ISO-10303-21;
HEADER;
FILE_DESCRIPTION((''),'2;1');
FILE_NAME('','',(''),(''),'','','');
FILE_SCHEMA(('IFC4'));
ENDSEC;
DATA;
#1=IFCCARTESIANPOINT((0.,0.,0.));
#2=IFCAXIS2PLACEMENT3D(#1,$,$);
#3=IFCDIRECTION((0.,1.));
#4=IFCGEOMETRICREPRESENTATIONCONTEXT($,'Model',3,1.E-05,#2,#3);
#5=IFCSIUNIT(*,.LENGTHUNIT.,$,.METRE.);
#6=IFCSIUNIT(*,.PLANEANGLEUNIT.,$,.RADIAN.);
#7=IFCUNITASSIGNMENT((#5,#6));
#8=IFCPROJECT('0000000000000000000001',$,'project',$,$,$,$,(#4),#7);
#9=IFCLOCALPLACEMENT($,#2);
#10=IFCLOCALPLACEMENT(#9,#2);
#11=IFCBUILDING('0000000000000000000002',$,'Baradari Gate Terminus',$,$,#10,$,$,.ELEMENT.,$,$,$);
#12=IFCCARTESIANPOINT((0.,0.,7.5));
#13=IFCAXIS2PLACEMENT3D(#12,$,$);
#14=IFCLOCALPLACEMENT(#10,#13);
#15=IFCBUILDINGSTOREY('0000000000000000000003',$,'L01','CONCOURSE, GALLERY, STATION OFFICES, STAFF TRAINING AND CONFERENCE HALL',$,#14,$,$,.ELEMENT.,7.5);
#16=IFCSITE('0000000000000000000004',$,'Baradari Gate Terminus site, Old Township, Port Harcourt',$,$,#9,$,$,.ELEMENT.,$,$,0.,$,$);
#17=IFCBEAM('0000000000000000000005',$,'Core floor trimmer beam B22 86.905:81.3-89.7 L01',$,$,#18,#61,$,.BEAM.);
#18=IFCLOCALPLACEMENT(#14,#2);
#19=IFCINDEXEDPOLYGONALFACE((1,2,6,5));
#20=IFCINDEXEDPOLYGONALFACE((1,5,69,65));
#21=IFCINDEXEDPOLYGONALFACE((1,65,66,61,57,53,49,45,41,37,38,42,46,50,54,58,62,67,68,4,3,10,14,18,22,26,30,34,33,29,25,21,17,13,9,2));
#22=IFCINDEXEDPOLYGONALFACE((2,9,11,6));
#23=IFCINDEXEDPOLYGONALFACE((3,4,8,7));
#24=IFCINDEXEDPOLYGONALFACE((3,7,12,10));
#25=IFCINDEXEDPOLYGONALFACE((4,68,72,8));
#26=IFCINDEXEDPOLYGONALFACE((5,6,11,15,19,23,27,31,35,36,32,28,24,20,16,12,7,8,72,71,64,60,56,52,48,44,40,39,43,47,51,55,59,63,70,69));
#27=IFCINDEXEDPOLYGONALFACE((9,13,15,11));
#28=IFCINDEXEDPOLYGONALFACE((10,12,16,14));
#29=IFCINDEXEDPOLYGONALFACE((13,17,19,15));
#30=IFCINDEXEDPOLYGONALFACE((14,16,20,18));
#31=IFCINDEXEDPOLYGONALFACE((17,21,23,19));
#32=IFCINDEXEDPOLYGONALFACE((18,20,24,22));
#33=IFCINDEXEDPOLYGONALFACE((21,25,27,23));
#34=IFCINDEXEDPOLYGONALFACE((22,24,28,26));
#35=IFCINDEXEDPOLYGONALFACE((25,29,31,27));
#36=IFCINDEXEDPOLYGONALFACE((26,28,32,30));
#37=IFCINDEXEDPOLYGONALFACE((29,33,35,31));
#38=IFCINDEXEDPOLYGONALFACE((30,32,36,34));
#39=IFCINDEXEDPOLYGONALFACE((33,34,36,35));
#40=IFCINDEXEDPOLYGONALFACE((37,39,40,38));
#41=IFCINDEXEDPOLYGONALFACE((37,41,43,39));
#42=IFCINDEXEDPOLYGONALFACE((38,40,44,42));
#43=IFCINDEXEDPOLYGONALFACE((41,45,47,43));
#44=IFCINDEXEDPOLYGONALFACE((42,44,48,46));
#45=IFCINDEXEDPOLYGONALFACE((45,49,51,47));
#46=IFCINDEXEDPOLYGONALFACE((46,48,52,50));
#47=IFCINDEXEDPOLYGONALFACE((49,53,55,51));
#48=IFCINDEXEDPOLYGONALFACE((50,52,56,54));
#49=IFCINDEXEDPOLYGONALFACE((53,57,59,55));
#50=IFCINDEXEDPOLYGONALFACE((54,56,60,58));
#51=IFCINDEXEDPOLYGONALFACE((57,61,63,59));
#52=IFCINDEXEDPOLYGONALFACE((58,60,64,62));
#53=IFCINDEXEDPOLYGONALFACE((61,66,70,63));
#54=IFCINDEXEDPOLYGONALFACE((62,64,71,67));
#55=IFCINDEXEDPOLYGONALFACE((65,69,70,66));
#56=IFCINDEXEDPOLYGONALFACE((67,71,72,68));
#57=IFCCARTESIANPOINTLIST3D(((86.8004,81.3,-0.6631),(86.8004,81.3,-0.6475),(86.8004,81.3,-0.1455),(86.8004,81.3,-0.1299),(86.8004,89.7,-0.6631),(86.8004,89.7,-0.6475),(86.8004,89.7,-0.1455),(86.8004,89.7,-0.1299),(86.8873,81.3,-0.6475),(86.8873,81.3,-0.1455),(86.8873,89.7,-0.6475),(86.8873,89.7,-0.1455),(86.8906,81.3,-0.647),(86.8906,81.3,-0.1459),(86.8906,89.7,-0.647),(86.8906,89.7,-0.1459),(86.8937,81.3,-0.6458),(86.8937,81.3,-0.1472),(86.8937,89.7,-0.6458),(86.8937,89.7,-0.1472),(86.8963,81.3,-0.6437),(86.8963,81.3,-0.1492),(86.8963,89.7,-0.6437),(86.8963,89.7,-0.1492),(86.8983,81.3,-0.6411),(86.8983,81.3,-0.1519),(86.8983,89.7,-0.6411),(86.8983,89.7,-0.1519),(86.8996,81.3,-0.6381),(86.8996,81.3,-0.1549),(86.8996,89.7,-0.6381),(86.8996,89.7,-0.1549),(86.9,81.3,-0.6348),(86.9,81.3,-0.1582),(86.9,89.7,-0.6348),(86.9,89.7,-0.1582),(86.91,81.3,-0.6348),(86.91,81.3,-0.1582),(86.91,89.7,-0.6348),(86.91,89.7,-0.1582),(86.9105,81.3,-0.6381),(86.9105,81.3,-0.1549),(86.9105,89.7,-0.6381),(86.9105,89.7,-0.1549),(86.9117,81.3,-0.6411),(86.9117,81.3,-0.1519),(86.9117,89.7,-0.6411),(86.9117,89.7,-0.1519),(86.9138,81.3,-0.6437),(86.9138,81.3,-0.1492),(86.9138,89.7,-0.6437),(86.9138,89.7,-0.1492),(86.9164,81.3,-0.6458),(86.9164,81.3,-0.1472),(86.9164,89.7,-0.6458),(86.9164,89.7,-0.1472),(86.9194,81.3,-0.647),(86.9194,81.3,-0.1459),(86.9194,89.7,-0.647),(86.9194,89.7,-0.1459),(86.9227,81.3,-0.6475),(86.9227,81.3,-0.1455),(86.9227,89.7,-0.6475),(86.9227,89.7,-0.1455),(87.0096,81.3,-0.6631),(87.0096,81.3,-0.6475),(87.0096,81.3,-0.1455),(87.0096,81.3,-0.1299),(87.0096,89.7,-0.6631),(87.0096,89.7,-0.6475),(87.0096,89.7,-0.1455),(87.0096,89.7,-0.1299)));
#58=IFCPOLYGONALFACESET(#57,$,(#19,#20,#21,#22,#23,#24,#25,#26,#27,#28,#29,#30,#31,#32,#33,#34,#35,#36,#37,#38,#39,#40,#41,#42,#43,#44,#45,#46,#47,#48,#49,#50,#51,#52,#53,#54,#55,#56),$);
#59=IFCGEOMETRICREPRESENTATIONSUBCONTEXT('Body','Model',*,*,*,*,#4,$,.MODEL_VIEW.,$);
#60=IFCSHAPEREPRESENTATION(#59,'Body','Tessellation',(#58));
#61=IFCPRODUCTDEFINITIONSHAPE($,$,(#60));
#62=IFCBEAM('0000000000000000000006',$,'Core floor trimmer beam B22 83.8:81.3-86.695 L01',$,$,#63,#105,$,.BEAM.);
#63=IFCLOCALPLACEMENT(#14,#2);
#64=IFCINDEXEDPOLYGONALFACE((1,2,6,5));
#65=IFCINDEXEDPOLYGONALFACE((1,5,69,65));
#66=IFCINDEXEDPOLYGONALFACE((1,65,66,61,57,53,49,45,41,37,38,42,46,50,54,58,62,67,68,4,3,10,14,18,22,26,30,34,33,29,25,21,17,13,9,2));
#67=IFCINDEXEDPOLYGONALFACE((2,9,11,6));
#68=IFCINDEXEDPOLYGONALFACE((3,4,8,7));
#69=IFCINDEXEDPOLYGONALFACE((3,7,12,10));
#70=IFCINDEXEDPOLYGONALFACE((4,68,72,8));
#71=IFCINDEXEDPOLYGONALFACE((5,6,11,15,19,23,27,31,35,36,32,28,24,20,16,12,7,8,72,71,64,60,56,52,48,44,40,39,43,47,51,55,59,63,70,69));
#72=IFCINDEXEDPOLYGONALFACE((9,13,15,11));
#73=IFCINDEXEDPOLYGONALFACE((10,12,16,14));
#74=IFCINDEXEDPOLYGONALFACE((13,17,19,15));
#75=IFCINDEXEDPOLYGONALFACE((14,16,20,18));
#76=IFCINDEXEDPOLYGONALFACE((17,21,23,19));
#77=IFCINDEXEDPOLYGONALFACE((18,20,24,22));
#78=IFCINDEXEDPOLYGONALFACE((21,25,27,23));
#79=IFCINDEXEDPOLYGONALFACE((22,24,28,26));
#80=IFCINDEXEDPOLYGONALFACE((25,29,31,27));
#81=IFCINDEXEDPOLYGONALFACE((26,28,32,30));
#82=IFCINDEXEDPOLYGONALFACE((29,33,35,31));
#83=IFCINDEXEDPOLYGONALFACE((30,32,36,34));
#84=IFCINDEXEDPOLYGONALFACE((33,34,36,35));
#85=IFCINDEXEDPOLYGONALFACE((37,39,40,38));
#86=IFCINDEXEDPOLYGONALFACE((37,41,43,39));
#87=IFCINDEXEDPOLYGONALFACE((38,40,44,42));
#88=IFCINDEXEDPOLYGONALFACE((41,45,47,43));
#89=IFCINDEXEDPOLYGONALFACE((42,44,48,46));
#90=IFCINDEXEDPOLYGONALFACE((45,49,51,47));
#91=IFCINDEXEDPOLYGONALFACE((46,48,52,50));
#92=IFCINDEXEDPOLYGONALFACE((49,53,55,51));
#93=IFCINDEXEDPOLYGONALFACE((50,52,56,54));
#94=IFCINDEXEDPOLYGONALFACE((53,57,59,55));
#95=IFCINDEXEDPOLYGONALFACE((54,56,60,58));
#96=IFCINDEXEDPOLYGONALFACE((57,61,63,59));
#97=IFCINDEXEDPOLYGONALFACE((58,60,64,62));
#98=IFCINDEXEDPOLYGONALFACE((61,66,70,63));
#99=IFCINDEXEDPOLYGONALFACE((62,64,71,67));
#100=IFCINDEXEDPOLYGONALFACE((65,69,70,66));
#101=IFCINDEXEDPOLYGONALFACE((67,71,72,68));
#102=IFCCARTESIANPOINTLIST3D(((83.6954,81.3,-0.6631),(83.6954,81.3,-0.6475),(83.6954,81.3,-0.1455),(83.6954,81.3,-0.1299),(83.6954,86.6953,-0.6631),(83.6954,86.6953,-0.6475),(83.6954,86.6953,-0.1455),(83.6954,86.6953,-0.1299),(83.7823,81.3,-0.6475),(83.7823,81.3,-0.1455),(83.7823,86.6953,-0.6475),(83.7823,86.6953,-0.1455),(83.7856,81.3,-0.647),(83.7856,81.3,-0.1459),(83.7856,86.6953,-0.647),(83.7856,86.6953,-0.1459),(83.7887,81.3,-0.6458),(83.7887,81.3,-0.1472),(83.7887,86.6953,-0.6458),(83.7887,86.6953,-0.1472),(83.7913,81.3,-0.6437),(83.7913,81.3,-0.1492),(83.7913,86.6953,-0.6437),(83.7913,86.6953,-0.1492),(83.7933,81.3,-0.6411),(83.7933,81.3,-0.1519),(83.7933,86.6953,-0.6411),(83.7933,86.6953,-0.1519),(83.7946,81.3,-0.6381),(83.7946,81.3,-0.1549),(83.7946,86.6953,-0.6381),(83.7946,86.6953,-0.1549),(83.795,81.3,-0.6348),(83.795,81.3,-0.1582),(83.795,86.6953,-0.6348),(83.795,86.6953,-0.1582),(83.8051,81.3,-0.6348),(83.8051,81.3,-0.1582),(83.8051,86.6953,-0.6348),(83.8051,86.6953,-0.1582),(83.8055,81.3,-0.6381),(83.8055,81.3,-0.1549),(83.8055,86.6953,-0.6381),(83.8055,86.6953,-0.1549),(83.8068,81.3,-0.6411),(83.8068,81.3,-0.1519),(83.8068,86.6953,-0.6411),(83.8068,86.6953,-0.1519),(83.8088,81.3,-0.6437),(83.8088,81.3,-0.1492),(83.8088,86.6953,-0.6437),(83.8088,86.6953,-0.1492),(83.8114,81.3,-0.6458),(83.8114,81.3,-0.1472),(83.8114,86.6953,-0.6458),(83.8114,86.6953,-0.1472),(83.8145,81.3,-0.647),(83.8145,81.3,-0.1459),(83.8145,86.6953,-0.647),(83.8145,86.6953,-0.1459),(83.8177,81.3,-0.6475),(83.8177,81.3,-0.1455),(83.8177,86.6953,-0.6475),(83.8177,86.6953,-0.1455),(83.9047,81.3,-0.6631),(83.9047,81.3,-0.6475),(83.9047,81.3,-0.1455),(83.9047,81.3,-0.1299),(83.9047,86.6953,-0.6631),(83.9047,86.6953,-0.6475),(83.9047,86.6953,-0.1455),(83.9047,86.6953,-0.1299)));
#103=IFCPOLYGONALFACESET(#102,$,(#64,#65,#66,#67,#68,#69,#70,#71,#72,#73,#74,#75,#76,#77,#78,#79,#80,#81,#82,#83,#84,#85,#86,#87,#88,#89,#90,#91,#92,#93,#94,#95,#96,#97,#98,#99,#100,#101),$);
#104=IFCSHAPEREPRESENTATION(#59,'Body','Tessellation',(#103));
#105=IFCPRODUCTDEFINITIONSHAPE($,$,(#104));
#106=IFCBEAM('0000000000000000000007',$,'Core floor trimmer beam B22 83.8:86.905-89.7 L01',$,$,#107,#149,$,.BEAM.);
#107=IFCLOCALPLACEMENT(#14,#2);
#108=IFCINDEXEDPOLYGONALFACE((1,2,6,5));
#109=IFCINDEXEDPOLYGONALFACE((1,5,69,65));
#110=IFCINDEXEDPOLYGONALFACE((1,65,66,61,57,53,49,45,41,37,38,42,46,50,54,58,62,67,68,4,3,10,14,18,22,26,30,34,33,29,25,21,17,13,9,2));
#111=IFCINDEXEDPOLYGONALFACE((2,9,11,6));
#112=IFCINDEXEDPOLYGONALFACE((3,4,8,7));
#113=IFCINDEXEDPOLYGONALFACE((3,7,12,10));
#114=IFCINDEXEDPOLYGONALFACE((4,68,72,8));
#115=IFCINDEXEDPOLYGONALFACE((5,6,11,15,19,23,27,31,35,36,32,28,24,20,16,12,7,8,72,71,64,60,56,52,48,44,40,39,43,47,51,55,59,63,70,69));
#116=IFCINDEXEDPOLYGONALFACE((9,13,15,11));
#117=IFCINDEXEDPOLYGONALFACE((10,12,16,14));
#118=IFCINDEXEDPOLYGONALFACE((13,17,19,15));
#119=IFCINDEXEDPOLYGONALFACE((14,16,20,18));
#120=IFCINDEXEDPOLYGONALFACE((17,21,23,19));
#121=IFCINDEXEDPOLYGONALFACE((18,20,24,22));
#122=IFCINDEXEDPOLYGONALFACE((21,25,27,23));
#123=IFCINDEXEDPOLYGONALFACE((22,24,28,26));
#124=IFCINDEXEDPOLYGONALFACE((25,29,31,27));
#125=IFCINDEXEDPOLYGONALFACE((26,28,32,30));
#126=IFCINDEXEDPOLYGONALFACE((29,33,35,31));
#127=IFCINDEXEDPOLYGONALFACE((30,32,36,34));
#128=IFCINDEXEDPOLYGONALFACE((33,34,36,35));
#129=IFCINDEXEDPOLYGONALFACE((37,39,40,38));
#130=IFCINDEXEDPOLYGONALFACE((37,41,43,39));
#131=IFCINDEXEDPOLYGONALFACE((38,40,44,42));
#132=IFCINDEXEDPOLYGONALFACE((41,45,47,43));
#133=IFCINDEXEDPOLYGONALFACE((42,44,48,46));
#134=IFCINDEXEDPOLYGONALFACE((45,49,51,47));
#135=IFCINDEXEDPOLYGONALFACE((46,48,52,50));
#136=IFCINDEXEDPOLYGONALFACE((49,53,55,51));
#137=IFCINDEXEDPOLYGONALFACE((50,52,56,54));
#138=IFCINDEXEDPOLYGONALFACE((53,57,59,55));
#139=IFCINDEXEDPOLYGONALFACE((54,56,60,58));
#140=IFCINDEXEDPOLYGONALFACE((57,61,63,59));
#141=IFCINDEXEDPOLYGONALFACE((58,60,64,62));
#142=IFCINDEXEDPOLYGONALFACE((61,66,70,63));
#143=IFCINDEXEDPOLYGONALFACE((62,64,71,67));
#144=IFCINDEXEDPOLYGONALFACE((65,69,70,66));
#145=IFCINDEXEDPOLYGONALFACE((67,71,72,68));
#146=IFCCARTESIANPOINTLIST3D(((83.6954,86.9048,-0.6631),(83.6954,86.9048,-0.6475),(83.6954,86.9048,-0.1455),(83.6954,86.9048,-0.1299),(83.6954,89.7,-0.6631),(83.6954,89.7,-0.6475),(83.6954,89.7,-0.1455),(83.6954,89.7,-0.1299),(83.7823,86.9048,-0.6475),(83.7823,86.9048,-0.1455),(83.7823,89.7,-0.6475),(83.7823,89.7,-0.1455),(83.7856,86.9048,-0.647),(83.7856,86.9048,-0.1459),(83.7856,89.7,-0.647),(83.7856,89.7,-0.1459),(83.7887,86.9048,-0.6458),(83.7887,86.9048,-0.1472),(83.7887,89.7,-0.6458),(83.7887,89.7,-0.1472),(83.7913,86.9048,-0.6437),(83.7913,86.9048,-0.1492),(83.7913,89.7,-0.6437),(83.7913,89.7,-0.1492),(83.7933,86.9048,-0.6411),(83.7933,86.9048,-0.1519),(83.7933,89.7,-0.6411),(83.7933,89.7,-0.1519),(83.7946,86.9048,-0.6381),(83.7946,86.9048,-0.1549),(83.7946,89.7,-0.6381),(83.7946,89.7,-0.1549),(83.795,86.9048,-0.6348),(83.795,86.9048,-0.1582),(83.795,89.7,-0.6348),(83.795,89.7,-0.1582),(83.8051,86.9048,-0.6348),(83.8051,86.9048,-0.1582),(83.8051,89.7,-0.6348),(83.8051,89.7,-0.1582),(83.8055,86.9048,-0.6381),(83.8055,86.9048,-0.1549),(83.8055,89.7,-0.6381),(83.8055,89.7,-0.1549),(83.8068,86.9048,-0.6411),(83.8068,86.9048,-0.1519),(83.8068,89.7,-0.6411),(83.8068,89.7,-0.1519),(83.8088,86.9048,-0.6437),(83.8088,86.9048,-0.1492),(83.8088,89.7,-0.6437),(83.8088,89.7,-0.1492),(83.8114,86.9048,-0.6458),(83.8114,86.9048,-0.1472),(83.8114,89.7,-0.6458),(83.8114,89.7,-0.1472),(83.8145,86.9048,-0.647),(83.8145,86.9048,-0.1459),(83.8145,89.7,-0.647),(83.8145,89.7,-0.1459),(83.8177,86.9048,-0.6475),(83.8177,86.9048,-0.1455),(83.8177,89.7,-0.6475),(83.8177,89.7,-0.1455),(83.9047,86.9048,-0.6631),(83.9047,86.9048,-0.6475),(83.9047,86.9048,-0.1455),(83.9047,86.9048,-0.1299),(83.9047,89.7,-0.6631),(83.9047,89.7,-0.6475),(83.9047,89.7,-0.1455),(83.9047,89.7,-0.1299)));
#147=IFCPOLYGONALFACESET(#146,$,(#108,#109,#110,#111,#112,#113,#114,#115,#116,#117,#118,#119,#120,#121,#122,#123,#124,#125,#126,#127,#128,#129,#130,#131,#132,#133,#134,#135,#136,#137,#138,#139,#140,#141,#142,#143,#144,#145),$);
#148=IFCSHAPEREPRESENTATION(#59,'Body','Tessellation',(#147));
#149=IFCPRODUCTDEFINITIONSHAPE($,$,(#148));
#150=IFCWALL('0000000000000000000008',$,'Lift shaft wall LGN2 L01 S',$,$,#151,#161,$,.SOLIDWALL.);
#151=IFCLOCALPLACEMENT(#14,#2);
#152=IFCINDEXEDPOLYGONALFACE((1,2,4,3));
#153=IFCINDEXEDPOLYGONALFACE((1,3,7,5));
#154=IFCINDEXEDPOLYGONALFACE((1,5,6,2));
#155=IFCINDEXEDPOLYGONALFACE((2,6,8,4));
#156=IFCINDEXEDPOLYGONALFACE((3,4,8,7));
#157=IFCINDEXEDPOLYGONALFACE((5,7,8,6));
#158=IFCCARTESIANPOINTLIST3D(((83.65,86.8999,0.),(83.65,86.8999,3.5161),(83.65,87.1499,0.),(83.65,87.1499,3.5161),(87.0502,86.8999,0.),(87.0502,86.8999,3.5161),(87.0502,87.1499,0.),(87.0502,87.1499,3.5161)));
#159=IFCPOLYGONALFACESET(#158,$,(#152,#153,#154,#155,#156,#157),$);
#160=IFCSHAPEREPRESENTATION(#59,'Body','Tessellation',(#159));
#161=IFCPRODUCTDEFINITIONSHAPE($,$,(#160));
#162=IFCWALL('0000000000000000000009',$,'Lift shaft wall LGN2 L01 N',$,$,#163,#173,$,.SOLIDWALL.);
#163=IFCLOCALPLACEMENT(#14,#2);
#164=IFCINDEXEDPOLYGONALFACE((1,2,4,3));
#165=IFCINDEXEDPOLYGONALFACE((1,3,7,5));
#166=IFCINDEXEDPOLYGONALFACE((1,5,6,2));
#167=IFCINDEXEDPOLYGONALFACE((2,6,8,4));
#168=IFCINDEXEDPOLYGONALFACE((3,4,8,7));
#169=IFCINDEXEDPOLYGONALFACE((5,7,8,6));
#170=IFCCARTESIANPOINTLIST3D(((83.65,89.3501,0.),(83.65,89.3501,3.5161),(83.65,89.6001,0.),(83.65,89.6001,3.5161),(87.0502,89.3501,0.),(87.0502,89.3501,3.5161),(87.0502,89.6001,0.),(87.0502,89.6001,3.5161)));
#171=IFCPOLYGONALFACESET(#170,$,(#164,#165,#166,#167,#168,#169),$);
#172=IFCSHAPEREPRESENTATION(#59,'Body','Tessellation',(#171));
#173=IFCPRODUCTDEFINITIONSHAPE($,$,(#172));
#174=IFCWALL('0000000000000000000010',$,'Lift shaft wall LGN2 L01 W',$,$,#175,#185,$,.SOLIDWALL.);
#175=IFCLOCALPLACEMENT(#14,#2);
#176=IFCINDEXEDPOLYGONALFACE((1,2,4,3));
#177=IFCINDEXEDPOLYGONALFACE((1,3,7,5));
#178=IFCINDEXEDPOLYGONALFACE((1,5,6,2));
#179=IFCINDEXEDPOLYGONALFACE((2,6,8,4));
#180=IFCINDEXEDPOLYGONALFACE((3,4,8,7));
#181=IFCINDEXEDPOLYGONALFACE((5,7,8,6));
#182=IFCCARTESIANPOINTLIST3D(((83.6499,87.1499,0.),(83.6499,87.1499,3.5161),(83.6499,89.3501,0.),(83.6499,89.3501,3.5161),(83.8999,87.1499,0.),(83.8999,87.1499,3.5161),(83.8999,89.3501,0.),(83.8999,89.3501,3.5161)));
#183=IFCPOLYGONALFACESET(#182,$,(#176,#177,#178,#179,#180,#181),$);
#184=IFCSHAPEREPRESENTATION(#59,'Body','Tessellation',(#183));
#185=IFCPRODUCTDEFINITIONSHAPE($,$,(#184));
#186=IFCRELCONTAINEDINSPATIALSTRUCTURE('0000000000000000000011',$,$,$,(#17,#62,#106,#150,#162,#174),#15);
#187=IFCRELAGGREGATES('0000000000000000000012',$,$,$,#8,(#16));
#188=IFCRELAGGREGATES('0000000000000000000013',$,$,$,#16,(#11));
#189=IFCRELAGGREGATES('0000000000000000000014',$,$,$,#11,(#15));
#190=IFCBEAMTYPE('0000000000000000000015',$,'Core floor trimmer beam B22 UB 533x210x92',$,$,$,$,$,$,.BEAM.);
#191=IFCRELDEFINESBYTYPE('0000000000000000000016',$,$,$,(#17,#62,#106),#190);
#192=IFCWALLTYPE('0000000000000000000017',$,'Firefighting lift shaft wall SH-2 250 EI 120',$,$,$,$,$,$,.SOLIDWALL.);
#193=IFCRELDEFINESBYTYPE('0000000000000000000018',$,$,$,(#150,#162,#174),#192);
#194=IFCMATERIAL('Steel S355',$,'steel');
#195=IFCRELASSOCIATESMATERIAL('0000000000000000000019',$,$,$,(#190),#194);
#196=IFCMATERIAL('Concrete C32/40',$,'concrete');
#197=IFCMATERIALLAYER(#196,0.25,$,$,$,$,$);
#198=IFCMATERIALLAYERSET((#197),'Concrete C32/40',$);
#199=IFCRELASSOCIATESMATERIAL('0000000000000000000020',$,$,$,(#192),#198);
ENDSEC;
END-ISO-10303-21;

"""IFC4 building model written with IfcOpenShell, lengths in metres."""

from ifc_helpers import new_model, si_unit, direction, frame, frame_2d, origin, origin_2d, place, context, subcontext, project, spatial, rectangle, i_section, extrude, material, layer, layer_set, material_profile, profile_set, type_object, element, save


model = new_model("IFC4")

# Units and contexts
model_context = context("Model", 3, precision=1e-05, world=origin(), true_north=direction((0.0, 1.0)))
body_context = subcontext(model_context, "Body", "Model", "MODEL_VIEW")
ifc_project = project(units=[si_unit("LENGTHUNIT", "METRE"), si_unit("PLANEANGLEUNIT", "RADIAN")], contexts=[model_context])

# Site, building, storey
site_placement = place(None, origin())
site = spatial("IfcSite", under=ifc_project, at=site_placement, Name="Baradari Gate Terminus site, Old Township, Port Harcourt", CompositionType="ELEMENT", RefElevation=0.0)
building_placement = place(site_placement, origin())
building = spatial("IfcBuilding", under=site, at=building_placement, Name="Baradari Gate Terminus", CompositionType="ELEMENT")
storey_placement = place(building_placement, frame((0.0, 0.0, 7.5)))
storey = spatial("IfcBuildingStorey", under=building, at=storey_placement, Name="L01", Description="CONCOURSE, GALLERY, STATION OFFICES, STAFF TRAINING AND CONFERENCE HALL", CompositionType="ELEMENT", Elevation=7.5)

# Beams
ifc_material_1 = material(Name="Steel S355", Category="steel")
ifc_material_profile = material_profile(ifc_material_1, i_section(OverallWidth=0.2092, OverallDepth=0.5332, WebThickness=0.01, FlangeThickness=0.0156, FilletRadius=0.0127, at=origin_2d()), Name="UB 533x210x92")
ifc_profile_set = profile_set([ifc_material_profile], Name="Steel S355")
beam_type = type_object("IfcBeamType", Name="Core floor trimmer beam B22 UB 533x210x92", PredefinedType="BEAM", material=ifc_profile_set)
beam_1_placement = place(storey_placement, frame((86.905, 81.3, -0.3965), z_axis=(0.0, 1.0, 0.0), x_axis=(-1.0, 0.0, 0.0)))
element("IfcBeam", 1, at=beam_1_placement, inside=storey, type_object=beam_type, Name="Core floor trimmer beam B22 86.905:81.3-89.7 L01", PredefinedType="BEAM", context=body_context, shape_type="SweptSolid", body=[
    extrude(i_section(OverallWidth=0.2092, OverallDepth=0.5332, WebThickness=0.01, FlangeThickness=0.0156, FilletRadius=0.0127, at=origin_2d()), origin(), (0.0, 0.0, 1.0), 8.3999),
])
beam_2_placement = place(storey_placement, frame((83.8, 81.3, -0.3965), z_axis=(0.0, 1.0, 0.0), x_axis=(-1.0, 0.0, 0.0)))
element("IfcBeam", 2, at=beam_2_placement, inside=storey, type_object=beam_type, Name="Core floor trimmer beam B22 83.8:81.3-86.695 L01", PredefinedType="BEAM", context=body_context, shape_type="SweptSolid", body=[
    extrude(i_section(OverallWidth=0.2092, OverallDepth=0.5332, WebThickness=0.01, FlangeThickness=0.0156, FilletRadius=0.0127, at=origin_2d()), origin(), (0.0, 0.0, 1.0), 5.3953),
])
beam_3_placement = place(storey_placement, frame((83.8, 86.9048, -0.3965), z_axis=(0.0, 1.0, 0.0), x_axis=(-1.0, 0.0, 0.0)))
element("IfcBeam", 3, at=beam_3_placement, inside=storey, type_object=beam_type, Name="Core floor trimmer beam B22 83.8:86.905-89.7 L01", PredefinedType="BEAM", context=body_context, shape_type="SweptSolid", body=[
    extrude(i_section(OverallWidth=0.2092, OverallDepth=0.5332, WebThickness=0.01, FlangeThickness=0.0156, FilletRadius=0.0127, at=origin_2d()), origin(), (0.0, 0.0, 1.0), 2.7952),
])

# Walls
ifc_material_2 = material(Name="Concrete C32/40", Category="concrete")
ifc_layer_1 = layer(ifc_material_2, 0.25)
ifc_layer_set_1 = layer_set([ifc_layer_1], Name="Concrete C32/40")
wall_type_1 = type_object("IfcWallType", Name="Firefighting lift shaft wall SH-2 250 EI 120", PredefinedType="SOLIDWALL", material=ifc_layer_set_1)
for number, where, z_axis, x_axis, name in (
    (4, (83.6499, 87.0249, 0.0), (0.0, 0.0, 1.0), (1.0, 0.0, 0.0), "Lift shaft wall LGN2 L01 S"),
    (5, (83.6499, 89.4751, 0.0), (0.0, 0.0, 1.0), (1.0, 0.0, 0.0), "Lift shaft wall LGN2 L01 N"),
):
    element("IfcWall", number, at=place(storey_placement, frame(where, z_axis=z_axis, x_axis=x_axis)), inside=storey, type_object=wall_type_1, Name=name, PredefinedType="SOLIDWALL", context=body_context, shape_type="SweptSolid", body=[
        extrude(rectangle(XDim=3.4001, YDim=0.25, at=frame_2d((1.7002, 0.0))), origin(), (0.0, 0.0, 1.0), 3.5161),
    ])
wall_1_placement = place(storey_placement, frame((83.7749, 87.1499, 0.0), z_axis=(0.0, 0.0, 1.0), x_axis=(0.0, 1.0, 0.0)))
element("IfcWall", 6, at=wall_1_placement, inside=storey, type_object=wall_type_1, Name="Lift shaft wall LGN2 L01 W", PredefinedType="SOLIDWALL", context=body_context, shape_type="SweptSolid", body=[
    extrude(rectangle(XDim=2.2002, YDim=0.25, at=frame_2d((1.1001, 0.0))), origin(), (0.0, 0.0, 1.0), 3.5161),
])

save(model, "model.ifc")
